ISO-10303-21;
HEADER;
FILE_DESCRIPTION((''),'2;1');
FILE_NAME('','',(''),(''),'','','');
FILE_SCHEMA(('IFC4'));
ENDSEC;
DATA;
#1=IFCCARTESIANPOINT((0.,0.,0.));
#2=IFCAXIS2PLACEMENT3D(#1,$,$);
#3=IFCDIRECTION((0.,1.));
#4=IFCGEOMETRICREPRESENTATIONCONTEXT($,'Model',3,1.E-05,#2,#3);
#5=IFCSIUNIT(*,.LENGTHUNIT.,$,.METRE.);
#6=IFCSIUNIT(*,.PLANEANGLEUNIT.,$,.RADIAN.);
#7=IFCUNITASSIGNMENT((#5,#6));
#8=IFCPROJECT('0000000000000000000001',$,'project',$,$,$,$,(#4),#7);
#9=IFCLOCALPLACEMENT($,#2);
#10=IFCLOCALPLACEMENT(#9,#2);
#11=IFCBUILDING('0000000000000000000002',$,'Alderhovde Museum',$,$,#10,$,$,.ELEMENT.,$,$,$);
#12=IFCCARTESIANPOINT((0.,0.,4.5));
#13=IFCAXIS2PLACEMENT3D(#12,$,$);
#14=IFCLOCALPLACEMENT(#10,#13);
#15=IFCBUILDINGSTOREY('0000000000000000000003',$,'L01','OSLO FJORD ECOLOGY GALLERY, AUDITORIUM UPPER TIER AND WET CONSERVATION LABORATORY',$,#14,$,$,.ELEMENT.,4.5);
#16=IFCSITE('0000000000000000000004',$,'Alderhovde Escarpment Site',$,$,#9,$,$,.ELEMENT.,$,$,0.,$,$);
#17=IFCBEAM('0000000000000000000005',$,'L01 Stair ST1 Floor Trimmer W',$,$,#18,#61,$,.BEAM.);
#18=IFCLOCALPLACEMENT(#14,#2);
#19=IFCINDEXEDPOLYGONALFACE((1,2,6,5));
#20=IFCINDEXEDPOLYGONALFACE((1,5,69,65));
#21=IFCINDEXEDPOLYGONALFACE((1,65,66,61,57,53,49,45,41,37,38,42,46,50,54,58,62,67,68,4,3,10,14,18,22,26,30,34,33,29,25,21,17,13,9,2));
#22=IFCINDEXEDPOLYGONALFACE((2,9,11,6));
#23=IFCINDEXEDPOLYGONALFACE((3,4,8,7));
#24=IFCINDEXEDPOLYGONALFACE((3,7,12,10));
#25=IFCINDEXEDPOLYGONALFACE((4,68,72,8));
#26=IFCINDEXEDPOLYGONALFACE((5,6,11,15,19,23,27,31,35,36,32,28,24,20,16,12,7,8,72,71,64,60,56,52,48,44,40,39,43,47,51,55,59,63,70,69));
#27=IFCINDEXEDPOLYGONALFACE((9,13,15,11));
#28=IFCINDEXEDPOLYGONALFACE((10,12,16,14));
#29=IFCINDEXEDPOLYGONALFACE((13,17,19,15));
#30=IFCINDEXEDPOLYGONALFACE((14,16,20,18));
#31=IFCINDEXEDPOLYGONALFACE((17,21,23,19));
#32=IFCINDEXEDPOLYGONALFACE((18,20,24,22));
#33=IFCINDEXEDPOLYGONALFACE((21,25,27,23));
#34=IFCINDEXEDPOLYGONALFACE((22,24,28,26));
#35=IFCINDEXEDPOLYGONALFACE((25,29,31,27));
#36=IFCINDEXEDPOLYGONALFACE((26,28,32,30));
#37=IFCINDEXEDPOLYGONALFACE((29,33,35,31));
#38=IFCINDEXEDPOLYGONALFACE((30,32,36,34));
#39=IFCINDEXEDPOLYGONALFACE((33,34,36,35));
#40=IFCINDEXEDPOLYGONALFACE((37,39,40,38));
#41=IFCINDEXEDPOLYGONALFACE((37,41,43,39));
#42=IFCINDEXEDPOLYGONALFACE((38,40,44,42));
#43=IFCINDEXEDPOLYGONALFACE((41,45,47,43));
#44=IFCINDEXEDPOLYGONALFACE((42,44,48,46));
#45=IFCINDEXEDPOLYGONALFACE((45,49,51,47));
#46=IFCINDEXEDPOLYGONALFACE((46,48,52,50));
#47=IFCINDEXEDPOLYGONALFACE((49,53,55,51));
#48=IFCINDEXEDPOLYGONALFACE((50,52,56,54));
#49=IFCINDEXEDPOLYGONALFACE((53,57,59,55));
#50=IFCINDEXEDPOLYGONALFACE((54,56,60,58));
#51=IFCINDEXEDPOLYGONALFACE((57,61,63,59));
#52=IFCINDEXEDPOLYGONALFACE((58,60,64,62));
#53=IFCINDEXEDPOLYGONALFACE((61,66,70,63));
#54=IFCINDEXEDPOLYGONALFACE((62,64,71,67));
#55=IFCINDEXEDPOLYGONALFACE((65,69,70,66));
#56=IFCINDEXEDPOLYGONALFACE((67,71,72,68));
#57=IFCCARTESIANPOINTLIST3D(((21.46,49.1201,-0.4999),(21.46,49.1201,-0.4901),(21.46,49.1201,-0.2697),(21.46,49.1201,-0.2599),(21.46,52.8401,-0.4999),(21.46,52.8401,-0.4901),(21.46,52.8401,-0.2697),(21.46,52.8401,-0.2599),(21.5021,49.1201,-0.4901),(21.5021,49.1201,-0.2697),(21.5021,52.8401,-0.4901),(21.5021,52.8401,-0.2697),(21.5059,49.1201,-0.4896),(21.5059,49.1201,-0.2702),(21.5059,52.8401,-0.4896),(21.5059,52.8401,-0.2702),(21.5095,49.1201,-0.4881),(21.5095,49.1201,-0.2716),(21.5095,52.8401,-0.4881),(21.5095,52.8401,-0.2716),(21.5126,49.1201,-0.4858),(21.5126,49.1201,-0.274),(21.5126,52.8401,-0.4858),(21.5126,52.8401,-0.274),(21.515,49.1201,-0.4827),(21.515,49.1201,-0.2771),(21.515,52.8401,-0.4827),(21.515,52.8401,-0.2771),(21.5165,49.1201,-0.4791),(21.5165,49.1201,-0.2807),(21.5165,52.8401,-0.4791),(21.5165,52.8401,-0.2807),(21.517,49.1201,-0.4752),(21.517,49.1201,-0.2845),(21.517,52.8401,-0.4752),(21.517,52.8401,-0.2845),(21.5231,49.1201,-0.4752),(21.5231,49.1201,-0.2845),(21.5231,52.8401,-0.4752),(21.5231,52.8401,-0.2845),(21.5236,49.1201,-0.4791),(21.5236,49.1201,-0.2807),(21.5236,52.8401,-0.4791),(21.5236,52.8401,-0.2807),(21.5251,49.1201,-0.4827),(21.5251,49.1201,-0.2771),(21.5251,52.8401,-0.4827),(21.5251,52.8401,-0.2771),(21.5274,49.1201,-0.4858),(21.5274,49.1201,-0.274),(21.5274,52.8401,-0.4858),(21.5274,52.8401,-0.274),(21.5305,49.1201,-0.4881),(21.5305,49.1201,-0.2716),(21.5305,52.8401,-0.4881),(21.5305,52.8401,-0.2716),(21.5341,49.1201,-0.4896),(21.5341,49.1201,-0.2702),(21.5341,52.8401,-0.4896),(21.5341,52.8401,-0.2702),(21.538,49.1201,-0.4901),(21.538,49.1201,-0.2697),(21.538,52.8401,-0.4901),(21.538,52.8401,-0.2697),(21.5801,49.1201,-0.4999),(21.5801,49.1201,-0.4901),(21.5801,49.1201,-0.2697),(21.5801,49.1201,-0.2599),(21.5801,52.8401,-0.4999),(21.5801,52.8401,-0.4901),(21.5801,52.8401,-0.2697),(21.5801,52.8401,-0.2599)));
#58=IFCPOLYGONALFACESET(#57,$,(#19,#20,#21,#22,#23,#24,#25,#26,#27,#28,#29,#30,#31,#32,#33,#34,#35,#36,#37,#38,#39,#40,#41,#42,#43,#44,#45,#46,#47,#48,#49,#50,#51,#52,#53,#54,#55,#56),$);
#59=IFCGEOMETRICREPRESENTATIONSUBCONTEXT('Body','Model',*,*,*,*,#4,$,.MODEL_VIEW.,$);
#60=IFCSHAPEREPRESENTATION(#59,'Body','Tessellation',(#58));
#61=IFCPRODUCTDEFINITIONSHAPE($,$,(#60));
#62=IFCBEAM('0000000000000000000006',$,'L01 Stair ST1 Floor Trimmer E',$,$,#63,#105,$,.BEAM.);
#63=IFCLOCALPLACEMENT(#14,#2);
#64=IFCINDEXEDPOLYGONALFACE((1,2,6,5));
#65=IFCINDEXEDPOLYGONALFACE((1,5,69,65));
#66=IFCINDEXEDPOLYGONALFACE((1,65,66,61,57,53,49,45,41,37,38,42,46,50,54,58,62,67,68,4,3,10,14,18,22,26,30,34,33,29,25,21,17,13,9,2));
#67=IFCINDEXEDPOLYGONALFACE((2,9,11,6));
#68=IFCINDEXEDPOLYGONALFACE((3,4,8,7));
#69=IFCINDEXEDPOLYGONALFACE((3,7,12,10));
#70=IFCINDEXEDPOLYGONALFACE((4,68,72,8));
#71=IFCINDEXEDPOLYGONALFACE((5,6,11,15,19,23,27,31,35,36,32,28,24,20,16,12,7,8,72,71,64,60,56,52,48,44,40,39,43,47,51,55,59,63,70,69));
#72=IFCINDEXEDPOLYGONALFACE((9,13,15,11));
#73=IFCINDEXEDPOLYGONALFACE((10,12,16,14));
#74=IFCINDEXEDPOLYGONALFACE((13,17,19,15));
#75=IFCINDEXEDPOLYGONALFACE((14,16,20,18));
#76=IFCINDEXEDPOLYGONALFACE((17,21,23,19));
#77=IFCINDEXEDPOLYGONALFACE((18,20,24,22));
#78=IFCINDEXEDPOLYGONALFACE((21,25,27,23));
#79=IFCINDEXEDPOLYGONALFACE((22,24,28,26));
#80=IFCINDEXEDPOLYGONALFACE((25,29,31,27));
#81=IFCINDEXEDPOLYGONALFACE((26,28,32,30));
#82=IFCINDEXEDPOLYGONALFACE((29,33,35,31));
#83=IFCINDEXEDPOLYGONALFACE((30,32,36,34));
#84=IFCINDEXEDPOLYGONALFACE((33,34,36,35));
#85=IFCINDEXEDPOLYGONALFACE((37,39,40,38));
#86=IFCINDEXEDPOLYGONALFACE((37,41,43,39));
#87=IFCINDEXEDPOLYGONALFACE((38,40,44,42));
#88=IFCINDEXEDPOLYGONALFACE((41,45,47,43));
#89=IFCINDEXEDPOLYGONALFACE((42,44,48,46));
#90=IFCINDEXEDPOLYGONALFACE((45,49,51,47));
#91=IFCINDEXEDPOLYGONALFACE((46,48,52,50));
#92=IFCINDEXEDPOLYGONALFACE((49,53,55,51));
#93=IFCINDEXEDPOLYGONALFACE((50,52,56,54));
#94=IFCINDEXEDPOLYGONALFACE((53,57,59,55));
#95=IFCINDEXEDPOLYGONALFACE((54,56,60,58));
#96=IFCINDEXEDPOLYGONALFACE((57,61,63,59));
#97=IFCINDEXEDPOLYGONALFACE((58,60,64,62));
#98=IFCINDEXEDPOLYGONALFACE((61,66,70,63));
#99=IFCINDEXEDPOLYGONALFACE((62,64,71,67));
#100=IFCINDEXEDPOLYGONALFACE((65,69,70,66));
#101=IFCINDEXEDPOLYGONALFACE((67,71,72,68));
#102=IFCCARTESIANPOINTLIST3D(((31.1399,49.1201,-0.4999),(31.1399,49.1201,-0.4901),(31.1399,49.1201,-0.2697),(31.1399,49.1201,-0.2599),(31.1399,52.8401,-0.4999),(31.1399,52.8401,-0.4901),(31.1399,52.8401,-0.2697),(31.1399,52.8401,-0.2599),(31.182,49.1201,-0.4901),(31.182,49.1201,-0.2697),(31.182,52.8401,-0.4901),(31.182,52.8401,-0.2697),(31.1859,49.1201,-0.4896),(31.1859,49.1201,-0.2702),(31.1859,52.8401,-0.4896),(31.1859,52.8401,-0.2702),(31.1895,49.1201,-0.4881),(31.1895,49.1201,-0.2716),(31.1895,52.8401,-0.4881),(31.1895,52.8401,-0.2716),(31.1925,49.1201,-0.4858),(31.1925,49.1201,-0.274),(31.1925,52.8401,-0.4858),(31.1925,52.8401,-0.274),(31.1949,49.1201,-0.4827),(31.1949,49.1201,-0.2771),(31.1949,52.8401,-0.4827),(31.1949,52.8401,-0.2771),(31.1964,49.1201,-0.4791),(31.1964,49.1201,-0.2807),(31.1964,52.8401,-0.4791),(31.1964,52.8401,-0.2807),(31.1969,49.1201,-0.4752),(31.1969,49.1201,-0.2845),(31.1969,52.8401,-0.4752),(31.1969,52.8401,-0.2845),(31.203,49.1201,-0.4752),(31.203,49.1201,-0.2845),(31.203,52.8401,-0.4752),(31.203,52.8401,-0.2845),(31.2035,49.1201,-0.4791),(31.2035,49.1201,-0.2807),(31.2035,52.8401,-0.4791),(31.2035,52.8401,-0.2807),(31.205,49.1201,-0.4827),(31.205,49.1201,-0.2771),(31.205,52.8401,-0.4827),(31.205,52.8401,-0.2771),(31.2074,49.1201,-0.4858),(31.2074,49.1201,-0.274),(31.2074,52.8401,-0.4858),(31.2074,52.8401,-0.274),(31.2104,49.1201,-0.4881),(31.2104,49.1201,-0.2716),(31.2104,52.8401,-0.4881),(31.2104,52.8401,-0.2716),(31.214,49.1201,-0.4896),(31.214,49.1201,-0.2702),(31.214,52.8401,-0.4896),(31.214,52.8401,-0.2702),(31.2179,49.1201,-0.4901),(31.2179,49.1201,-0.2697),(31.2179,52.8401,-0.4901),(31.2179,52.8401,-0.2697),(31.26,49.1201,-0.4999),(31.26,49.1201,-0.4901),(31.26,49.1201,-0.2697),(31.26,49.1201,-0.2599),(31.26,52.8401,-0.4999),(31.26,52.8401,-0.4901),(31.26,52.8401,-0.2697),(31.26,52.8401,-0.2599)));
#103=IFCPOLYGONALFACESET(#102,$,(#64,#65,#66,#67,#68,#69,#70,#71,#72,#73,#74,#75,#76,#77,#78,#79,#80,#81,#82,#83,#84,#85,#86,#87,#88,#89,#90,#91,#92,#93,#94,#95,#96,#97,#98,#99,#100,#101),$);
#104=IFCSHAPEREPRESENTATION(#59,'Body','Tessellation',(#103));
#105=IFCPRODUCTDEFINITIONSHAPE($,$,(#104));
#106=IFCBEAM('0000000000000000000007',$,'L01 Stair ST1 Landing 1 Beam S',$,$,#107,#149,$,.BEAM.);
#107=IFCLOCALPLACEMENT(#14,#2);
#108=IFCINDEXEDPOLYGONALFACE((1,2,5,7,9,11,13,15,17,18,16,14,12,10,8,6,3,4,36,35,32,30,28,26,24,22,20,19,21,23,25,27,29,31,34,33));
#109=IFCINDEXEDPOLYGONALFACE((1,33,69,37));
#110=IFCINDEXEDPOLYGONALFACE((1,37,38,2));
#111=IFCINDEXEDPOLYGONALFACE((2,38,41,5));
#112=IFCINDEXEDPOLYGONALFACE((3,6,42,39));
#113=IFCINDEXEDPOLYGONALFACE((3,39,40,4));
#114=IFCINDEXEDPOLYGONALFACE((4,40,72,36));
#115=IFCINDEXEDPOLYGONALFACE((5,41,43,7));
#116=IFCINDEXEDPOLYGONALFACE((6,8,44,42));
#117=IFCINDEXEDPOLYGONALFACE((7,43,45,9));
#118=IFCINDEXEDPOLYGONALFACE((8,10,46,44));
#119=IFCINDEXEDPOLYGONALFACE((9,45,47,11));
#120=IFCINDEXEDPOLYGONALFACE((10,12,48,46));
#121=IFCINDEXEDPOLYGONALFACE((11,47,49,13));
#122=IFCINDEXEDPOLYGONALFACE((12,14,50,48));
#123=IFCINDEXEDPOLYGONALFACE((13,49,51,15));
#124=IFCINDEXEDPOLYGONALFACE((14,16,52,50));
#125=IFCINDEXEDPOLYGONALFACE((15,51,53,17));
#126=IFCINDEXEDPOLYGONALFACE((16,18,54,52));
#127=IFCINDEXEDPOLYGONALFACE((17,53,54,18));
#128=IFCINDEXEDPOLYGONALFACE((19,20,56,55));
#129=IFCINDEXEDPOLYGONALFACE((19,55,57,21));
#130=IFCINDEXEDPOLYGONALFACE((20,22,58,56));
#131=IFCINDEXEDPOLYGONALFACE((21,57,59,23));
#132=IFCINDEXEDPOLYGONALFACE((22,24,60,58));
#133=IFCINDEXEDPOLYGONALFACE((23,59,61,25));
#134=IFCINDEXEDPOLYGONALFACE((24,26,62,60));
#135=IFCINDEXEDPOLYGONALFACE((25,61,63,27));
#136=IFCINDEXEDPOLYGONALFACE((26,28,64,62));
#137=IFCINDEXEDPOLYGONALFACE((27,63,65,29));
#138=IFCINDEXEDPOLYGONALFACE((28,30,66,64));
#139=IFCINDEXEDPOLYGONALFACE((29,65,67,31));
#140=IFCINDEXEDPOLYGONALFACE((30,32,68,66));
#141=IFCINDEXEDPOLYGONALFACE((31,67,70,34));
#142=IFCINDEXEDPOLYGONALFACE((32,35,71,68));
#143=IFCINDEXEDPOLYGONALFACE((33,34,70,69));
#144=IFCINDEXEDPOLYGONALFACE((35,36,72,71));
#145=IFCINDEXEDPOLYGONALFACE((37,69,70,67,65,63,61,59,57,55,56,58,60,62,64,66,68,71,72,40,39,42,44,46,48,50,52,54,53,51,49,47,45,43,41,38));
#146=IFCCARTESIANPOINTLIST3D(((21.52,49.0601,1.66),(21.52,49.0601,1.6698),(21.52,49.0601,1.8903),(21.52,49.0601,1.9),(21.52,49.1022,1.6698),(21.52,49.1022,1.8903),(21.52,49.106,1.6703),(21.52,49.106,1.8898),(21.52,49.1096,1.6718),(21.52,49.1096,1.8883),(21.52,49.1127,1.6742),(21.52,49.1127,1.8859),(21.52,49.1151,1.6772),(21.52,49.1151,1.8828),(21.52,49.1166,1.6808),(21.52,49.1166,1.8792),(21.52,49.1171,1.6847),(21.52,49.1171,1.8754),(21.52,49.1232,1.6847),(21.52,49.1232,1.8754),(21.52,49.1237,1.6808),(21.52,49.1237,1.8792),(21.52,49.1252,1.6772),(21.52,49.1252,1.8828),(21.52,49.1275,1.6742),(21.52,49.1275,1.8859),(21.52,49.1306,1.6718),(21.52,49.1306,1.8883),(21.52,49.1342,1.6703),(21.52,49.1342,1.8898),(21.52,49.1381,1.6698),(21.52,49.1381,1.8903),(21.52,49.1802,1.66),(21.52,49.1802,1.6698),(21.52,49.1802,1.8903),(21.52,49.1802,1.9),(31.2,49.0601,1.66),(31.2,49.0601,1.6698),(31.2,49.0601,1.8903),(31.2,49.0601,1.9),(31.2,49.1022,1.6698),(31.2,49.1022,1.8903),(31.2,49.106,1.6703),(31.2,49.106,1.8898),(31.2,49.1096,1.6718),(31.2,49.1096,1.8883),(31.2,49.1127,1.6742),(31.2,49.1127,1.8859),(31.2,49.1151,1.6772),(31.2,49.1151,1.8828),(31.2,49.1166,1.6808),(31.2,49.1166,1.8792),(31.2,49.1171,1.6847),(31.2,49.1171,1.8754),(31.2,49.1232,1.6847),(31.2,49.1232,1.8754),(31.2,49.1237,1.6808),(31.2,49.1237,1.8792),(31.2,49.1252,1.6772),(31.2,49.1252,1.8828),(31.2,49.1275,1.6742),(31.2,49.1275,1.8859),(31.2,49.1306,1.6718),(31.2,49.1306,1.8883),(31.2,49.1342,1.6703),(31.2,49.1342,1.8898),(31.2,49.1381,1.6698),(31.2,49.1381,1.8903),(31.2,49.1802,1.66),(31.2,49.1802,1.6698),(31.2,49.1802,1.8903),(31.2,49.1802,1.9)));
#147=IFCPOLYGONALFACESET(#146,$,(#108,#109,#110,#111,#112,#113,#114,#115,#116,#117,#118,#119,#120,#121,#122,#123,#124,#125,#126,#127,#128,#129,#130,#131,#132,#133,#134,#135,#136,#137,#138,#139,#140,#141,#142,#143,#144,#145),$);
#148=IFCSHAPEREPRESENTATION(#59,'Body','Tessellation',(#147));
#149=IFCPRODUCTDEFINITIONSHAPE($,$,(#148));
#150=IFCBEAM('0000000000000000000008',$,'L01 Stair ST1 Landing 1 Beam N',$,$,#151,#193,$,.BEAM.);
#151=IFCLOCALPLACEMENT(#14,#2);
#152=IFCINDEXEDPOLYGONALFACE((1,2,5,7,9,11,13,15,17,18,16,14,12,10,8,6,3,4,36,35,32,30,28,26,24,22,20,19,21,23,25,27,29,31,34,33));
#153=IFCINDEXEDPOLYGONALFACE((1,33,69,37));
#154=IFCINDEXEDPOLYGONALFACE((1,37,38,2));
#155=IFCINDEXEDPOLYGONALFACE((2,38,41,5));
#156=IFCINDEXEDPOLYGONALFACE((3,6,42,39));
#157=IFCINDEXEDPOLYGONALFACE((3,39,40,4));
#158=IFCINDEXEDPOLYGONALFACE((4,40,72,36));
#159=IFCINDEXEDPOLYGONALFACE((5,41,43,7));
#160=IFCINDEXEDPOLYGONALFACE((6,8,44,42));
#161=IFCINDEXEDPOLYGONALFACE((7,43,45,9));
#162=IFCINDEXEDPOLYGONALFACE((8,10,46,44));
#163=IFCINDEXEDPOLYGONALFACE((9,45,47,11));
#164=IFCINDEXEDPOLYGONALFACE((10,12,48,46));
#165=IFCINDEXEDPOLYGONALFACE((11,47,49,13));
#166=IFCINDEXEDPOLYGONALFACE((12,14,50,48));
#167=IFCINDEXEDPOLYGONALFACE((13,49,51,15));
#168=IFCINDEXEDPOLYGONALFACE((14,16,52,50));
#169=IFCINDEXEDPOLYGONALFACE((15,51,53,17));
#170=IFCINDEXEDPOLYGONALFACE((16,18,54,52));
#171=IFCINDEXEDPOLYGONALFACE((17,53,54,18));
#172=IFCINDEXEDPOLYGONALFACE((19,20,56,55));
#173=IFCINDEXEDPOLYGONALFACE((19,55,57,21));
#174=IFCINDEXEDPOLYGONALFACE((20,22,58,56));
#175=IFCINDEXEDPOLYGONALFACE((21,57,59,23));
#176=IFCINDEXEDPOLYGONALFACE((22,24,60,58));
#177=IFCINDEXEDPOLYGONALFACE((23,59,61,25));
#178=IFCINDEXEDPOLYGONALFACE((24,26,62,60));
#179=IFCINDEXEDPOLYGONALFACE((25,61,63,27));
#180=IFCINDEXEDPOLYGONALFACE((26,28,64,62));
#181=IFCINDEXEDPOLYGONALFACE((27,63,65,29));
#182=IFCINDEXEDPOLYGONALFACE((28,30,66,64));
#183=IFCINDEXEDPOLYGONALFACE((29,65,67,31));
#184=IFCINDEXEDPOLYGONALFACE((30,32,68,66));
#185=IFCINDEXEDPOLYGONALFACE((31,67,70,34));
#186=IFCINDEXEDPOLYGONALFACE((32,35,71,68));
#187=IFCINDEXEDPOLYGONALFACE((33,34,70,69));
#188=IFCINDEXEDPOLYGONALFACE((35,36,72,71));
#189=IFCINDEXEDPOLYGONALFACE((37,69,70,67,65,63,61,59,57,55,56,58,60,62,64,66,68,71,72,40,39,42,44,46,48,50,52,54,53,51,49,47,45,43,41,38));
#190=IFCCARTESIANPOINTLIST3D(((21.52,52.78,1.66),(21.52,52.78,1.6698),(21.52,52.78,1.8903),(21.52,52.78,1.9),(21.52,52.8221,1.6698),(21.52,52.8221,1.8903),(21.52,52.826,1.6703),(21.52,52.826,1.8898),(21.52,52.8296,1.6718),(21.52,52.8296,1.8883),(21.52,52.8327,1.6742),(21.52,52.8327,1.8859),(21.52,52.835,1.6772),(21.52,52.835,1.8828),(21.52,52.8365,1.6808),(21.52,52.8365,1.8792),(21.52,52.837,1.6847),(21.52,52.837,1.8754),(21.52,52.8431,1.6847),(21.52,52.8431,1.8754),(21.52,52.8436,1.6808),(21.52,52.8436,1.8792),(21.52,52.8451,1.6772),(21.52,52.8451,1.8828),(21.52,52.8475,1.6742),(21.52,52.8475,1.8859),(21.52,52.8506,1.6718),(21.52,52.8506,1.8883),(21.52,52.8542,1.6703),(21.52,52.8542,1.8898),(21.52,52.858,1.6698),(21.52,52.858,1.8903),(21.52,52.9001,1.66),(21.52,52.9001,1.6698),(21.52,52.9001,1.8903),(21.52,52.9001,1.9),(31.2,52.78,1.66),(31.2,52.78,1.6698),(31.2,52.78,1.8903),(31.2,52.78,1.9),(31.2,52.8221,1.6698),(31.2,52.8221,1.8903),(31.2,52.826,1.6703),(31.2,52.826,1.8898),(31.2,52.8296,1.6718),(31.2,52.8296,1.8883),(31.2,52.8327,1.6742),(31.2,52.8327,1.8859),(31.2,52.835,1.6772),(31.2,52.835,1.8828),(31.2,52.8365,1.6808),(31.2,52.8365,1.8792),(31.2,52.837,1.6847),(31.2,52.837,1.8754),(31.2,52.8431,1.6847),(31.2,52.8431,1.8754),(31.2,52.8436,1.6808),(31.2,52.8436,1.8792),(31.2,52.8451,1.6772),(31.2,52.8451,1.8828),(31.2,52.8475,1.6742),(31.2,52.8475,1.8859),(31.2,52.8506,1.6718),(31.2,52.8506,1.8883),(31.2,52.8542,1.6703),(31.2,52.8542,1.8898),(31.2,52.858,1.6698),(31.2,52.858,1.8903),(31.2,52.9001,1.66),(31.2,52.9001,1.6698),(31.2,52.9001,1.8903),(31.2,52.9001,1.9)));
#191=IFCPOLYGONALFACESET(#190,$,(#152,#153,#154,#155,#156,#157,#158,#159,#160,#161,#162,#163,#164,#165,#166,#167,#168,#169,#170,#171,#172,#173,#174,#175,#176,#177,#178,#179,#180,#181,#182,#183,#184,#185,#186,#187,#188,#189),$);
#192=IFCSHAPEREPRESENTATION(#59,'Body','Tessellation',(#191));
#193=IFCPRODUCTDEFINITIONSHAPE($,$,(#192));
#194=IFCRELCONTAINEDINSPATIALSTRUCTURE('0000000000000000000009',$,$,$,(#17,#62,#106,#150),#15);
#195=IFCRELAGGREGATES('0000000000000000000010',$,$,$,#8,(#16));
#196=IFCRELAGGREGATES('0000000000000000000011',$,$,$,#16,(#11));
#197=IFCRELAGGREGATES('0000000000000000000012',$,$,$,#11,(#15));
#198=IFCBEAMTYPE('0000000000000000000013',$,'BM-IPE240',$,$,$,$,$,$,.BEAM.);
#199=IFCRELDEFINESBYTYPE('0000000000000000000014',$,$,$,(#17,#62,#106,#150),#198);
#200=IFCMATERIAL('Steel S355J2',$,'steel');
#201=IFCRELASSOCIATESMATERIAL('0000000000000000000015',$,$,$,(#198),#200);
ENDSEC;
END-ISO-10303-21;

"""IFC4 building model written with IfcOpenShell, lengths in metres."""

from ifc_helpers import new_model, si_unit, direction, frame, origin, origin_2d, place, context, subcontext, project, spatial, i_section, extrude, material, material_profile, profile_set, type_object, element, save


model = new_model("IFC4")

# Units and contexts
model_context = context("Model", 3, precision=1e-05, world=origin(), true_north=direction((0.0, 1.0)))
body_context = subcontext(model_context, "Body", "Model", "MODEL_VIEW")
ifc_project = project(units=[si_unit("LENGTHUNIT", "METRE"), si_unit("PLANEANGLEUNIT", "RADIAN")], contexts=[model_context])

# Site, building, storey
site_placement = place(None, origin())
site = spatial("IfcSite", under=ifc_project, at=site_placement, Name="Alderhovde Escarpment Site", CompositionType="ELEMENT", RefElevation=0.0)
building_placement = place(site_placement, origin())
building = spatial("IfcBuilding", under=site, at=building_placement, Name="Alderhovde Museum", CompositionType="ELEMENT")
storey_placement = place(building_placement, frame((0.0, 0.0, 4.5)))
storey = spatial("IfcBuildingStorey", under=building, at=storey_placement, Name="L01", Description="OSLO FJORD ECOLOGY GALLERY, AUDITORIUM UPPER TIER AND WET CONSERVATION LABORATORY", CompositionType="ELEMENT", Elevation=4.5)

# Beams
ifc_material_1 = material(Name="Steel S355J2", Category="steel")
ifc_material_profile_1 = material_profile(ifc_material_1, i_section(OverallWidth=0.1201, OverallDepth=0.24, WebThickness=0.0061, FlangeThickness=0.0098, FilletRadius=0.0149, at=origin_2d()), Name="IPE 240")
ifc_profile_set_1 = profile_set([ifc_material_profile_1], Name="Steel S355J2")
beam_type = type_object("IfcBeamType", Name="BM-IPE240", PredefinedType="BEAM", material=ifc_profile_set_1)
for number, where, z_axis, x_axis, name in (
    (1, (21.52, 49.1201, -0.3799), (0.0, 1.0, 0.0), (-1.0, 0.0, 0.0), "L01 Stair ST1 Floor Trimmer W"),
    (2, (31.2, 49.1201, -0.3799), (0.0, 1.0, 0.0), (-1.0, 0.0, 0.0), "L01 Stair ST1 Floor Trimmer E"),
):
    element("IfcBeam", number, at=place(storey_placement, frame(where, z_axis=z_axis, x_axis=x_axis)), inside=storey, type_object=beam_type, Name=name, PredefinedType="BEAM", context=body_context, shape_type="SweptSolid", body=[
        extrude(i_section(OverallWidth=0.1201, OverallDepth=0.24, WebThickness=0.0061, FlangeThickness=0.0098, FilletRadius=0.0149, at=origin_2d()), origin(), (0.0, 0.0, 1.0), 3.72),
    ])
for number, where, z_axis, x_axis, name in (
    (3, (21.52, 49.1201, 1.78), (1.0, 0.0, 0.0), (0.0, 1.0, 0.0), "L01 Stair ST1 Landing 1 Beam S"),
    (4, (21.52, 52.8401, 1.78), (1.0, 0.0, 0.0), (0.0, 1.0, 0.0), "L01 Stair ST1 Landing 1 Beam N"),
):
    element("IfcBeam", number, at=place(storey_placement, frame(where, z_axis=z_axis, x_axis=x_axis)), inside=storey, type_object=beam_type, Name=name, PredefinedType="BEAM", context=body_context, shape_type="SweptSolid", body=[
        extrude(i_section(OverallWidth=0.1201, OverallDepth=0.24, WebThickness=0.0061, FlangeThickness=0.0098, FilletRadius=0.0149, at=origin_2d()), origin(), (0.0, 0.0, 1.0), 9.6799),
    ])

save(model, "model.ifc")
